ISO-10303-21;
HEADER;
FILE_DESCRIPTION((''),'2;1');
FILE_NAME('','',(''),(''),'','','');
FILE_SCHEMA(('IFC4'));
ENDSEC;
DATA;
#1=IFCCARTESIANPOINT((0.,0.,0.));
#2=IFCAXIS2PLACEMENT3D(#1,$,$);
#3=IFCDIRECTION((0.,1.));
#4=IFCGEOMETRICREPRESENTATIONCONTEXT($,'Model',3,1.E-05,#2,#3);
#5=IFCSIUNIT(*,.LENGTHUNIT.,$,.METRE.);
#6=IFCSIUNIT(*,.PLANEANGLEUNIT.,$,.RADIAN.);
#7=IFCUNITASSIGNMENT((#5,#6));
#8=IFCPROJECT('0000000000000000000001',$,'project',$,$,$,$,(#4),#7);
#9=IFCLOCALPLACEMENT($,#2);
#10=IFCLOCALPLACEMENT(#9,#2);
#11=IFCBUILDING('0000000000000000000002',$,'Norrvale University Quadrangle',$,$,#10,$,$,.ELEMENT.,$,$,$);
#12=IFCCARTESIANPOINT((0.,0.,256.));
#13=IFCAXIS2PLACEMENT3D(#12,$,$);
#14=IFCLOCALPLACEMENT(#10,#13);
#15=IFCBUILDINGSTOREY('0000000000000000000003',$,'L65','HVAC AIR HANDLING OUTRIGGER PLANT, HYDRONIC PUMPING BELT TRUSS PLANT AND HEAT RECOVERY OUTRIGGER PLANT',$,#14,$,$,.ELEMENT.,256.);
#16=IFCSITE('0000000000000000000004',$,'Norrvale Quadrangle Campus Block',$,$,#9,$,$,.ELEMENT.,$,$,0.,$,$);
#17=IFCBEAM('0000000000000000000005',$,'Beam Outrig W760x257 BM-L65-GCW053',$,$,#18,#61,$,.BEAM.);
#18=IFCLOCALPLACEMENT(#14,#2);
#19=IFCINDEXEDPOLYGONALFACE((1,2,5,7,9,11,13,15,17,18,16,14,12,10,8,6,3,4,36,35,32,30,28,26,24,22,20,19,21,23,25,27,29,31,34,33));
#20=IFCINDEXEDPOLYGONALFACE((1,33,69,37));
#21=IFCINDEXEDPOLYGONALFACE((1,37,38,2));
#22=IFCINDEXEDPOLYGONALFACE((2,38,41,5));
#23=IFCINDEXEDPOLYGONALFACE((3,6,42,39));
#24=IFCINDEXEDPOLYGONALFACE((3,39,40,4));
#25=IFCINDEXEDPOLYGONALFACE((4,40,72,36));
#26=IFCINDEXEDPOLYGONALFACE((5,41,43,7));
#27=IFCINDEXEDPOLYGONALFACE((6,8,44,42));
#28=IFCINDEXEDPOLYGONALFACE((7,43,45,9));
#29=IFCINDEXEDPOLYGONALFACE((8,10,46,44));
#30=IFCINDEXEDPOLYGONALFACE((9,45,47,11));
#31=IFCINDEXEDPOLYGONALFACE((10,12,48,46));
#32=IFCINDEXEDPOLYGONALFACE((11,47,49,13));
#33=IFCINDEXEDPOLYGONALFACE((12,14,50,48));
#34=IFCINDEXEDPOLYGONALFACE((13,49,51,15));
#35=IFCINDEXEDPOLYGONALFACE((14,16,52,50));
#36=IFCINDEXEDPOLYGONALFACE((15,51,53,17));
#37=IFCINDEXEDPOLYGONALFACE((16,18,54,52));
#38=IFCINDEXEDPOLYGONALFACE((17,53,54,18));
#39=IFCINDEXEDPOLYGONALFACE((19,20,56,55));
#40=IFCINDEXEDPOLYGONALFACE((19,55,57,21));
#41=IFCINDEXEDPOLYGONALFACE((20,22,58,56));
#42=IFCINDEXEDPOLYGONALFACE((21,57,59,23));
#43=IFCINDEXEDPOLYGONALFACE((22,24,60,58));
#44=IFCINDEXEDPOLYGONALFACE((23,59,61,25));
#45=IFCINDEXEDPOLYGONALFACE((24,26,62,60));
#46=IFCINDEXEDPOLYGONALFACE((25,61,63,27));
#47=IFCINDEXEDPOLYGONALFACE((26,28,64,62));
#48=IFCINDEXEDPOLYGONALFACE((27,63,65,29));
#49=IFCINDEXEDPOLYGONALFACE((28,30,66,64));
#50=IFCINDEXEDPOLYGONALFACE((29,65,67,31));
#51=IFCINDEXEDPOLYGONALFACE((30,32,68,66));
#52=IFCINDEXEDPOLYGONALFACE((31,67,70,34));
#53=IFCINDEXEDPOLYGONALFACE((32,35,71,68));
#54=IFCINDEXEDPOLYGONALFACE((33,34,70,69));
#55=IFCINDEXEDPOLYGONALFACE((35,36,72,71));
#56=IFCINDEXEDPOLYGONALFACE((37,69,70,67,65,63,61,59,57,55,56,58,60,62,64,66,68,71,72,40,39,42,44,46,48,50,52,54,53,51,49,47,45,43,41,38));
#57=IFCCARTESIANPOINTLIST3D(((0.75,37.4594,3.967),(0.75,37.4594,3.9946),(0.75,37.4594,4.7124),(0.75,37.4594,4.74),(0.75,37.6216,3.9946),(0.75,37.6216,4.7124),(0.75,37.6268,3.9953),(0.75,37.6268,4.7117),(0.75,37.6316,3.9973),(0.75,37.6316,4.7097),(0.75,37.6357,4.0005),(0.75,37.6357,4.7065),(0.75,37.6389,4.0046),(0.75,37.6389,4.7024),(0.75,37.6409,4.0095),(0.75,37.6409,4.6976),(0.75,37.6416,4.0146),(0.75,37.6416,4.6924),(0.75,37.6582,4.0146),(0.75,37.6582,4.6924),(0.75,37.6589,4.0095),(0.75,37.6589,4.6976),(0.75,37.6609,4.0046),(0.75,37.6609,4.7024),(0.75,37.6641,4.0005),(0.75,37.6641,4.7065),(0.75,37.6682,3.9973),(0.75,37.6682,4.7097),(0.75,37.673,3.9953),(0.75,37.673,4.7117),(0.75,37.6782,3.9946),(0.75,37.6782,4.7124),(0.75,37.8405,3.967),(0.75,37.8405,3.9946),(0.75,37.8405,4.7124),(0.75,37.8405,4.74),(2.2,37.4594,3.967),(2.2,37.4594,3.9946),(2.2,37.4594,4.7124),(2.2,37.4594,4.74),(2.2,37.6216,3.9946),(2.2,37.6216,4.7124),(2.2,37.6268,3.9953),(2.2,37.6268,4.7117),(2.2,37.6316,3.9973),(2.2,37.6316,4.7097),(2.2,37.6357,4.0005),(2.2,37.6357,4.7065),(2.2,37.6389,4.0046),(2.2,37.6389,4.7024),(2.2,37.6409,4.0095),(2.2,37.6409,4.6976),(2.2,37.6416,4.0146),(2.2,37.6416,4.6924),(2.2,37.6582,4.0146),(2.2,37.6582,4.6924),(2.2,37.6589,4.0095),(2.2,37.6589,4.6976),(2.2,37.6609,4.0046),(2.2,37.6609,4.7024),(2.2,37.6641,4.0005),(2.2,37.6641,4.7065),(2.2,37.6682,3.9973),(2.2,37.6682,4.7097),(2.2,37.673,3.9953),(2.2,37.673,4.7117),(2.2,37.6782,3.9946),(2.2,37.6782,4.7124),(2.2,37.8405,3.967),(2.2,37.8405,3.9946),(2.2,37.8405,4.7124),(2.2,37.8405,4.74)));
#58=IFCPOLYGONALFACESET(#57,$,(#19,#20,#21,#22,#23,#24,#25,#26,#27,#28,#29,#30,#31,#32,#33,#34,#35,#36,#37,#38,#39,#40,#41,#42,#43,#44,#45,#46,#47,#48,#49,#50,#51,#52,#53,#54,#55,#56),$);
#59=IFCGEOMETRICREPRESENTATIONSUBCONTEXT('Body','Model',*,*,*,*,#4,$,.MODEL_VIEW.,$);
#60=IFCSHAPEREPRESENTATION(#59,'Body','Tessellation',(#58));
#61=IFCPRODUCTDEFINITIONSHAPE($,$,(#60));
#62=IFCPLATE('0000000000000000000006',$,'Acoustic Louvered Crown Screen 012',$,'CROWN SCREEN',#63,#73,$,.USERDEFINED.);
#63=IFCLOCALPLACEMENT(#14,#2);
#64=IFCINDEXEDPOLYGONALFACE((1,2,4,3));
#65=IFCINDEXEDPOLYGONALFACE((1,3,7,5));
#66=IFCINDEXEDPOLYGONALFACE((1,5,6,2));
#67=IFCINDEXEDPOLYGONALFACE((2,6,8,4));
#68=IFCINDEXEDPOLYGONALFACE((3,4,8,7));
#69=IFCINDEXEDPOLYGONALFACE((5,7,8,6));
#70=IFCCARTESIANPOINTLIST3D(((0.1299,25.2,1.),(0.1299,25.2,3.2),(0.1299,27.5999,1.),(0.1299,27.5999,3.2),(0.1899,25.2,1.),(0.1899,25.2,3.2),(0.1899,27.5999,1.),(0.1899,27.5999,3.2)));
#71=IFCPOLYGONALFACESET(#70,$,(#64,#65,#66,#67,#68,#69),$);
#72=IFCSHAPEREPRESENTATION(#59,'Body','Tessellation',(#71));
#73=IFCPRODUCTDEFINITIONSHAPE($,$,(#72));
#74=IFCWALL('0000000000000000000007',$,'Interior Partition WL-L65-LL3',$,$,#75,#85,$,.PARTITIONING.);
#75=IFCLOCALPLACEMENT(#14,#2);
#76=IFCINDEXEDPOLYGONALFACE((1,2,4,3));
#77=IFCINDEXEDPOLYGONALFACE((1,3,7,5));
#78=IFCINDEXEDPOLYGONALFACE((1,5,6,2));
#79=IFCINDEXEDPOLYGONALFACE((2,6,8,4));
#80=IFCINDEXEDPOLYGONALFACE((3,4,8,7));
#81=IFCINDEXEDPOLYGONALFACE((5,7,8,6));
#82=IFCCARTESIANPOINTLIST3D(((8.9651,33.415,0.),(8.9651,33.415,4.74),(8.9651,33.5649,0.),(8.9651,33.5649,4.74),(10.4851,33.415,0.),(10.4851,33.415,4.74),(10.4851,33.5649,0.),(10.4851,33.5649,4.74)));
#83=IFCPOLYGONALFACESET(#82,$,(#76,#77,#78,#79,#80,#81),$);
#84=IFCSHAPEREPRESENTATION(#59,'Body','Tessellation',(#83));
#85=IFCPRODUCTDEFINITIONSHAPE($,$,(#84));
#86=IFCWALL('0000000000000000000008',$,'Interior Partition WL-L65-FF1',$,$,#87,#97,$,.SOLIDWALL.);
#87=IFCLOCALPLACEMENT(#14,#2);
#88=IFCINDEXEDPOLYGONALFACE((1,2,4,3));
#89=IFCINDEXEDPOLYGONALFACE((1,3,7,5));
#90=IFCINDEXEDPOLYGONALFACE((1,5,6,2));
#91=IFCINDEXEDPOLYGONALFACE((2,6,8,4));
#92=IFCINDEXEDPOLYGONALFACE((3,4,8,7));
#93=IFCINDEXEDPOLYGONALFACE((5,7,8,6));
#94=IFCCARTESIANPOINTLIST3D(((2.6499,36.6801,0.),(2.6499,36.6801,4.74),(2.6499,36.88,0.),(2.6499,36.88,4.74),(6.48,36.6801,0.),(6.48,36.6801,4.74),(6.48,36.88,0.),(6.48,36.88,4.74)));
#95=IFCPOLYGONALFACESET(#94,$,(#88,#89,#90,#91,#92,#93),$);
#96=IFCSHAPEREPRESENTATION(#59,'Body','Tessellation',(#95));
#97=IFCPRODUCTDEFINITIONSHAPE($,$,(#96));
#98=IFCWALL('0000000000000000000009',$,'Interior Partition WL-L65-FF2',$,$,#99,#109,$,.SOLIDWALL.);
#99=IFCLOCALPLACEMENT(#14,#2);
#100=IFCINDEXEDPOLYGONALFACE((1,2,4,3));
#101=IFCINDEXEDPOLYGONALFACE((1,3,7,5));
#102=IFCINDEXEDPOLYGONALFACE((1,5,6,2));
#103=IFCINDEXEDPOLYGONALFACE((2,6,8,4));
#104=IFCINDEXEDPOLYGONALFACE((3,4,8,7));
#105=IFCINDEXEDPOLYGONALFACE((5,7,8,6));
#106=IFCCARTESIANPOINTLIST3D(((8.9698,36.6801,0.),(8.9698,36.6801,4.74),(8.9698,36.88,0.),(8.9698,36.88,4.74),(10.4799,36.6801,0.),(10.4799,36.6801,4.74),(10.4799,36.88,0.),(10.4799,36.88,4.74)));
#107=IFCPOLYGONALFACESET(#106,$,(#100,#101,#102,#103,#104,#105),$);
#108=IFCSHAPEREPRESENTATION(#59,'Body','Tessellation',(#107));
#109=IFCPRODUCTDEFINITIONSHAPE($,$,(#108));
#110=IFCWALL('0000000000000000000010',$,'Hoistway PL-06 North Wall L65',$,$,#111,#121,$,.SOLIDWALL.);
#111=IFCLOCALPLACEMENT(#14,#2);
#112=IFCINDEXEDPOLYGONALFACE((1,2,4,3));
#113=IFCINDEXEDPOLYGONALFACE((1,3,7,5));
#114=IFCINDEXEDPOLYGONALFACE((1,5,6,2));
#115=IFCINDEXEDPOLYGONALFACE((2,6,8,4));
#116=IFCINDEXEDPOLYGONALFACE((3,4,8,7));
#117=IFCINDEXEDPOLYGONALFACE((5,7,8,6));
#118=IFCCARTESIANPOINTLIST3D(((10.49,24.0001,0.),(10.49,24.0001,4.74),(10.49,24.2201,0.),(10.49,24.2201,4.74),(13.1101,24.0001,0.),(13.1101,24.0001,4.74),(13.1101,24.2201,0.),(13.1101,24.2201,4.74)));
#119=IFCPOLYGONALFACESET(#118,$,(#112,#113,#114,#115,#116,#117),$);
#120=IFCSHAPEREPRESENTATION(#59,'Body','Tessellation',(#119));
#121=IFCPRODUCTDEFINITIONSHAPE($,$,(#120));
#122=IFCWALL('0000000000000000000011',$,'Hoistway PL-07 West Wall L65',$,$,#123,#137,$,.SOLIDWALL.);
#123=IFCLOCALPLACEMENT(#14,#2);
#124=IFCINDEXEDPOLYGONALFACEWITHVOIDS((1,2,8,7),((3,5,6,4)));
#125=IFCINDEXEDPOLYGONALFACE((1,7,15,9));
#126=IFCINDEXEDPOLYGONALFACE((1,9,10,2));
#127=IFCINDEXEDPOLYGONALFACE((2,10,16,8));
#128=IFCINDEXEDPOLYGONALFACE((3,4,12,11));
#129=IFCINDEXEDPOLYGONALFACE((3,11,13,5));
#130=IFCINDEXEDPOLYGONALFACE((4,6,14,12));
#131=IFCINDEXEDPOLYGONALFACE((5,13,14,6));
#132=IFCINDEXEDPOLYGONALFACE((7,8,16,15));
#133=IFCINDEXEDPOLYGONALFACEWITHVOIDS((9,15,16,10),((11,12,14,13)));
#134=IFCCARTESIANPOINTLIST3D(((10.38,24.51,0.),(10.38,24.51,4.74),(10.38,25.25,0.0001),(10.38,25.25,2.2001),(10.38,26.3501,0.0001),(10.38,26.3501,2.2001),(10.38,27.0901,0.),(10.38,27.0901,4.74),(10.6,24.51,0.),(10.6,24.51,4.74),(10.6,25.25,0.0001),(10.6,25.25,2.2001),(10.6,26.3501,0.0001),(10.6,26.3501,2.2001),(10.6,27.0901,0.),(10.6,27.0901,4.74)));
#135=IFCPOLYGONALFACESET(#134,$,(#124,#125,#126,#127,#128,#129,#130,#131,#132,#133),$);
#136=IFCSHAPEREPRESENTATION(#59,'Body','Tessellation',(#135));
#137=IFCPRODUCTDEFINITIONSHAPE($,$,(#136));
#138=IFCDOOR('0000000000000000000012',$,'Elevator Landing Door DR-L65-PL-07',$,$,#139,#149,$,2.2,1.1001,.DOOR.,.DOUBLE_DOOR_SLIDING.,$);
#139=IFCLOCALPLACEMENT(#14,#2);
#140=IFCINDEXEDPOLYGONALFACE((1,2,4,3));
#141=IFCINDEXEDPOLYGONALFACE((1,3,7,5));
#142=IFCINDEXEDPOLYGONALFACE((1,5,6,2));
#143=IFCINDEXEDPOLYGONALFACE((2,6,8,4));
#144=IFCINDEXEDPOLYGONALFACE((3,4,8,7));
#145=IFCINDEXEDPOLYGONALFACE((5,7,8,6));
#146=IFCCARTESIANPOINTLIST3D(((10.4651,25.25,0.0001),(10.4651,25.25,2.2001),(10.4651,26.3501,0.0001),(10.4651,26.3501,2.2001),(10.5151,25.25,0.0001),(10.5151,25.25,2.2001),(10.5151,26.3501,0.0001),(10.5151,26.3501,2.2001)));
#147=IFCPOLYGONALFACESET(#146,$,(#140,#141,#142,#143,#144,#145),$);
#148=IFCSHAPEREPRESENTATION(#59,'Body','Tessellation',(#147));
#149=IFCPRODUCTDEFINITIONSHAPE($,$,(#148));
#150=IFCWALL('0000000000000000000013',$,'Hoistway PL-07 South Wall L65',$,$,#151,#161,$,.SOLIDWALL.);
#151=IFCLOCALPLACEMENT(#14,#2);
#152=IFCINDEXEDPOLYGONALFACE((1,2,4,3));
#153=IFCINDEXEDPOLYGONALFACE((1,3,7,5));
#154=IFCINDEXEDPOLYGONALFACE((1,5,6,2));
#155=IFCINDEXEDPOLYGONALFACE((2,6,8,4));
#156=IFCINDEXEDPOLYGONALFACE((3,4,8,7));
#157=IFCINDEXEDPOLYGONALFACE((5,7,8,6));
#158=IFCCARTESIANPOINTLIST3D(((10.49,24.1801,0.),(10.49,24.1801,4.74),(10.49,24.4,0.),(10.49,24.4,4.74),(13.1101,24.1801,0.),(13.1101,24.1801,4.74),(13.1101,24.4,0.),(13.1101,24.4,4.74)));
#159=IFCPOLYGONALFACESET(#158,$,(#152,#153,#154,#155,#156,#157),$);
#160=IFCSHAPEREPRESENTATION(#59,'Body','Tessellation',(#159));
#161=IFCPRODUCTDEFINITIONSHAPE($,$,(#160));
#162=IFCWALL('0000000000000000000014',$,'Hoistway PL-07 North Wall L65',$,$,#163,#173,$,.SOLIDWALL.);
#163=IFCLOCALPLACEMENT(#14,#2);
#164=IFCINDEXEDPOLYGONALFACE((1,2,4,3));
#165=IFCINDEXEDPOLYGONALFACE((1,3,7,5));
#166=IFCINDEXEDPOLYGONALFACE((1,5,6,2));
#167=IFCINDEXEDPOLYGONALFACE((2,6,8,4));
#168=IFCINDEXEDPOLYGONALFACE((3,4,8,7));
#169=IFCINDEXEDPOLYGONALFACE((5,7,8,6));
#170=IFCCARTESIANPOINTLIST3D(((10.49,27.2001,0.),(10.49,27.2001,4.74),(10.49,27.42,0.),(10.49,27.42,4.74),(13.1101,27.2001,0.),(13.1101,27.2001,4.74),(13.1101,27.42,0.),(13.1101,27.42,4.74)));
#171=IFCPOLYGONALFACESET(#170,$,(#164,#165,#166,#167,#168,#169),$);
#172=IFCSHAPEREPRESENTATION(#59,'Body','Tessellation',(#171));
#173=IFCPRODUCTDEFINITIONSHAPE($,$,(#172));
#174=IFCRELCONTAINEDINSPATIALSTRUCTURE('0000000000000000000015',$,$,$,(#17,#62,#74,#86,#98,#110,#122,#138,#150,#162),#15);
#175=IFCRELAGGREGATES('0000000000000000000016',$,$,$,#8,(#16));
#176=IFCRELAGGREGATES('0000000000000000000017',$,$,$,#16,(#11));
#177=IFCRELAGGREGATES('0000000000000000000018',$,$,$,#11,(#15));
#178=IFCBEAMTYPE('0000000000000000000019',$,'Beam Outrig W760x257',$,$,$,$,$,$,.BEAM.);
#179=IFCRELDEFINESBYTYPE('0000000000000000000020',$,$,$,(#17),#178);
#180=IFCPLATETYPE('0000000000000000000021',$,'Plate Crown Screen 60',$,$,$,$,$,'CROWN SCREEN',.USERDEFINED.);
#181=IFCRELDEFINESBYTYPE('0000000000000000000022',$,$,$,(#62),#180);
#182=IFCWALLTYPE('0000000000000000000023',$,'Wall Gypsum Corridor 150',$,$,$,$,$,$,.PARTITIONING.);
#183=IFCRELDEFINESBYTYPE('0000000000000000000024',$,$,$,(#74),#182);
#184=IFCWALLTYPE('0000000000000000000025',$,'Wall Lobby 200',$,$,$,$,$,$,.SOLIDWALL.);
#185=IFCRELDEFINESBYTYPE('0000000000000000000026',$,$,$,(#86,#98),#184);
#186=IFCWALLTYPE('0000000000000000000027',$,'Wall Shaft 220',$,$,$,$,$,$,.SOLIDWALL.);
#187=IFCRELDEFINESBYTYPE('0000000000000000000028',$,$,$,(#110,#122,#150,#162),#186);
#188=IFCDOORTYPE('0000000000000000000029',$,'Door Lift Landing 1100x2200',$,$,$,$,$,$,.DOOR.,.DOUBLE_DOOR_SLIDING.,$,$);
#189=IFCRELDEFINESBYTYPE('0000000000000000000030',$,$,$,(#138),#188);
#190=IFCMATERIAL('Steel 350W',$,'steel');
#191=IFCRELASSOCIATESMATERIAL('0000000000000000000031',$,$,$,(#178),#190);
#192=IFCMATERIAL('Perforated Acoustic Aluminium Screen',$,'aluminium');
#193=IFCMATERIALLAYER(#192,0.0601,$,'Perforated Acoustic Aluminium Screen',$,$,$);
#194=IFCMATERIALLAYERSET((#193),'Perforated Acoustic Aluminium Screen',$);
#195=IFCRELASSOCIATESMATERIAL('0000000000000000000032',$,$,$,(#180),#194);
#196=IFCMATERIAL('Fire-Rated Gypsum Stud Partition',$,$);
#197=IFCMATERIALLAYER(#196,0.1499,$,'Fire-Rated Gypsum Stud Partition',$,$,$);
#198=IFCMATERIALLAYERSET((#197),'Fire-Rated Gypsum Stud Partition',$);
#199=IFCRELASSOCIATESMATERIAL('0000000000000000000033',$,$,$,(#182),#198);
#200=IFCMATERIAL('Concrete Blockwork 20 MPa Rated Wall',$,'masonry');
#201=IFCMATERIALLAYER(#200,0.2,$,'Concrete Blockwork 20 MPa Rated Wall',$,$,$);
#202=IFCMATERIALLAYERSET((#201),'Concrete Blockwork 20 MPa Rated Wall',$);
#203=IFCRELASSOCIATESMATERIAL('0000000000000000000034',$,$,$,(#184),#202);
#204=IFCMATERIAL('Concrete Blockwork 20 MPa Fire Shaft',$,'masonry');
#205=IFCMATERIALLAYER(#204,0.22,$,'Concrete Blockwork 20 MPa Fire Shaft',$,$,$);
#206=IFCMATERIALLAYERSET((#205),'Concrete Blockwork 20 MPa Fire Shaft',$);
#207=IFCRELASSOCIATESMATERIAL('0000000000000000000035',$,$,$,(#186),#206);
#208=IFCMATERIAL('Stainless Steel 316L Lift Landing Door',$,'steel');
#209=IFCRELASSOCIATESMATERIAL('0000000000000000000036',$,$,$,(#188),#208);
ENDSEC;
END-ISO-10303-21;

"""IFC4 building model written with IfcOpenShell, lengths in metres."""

from ifc_helpers import new_model, si_unit, direction, frame, frame_2d, origin, origin_2d, place, context, subcontext, project, spatial, rectangle, i_section, extrude, material, layer, layer_set, material_profile, profile_set, type_object, element, fill, save


model = new_model("IFC4")

# Units and contexts
model_context = context("Model", 3, precision=1e-05, world=origin(), true_north=direction((0.0, 1.0)))
body_context = subcontext(model_context, "Body", "Model", "MODEL_VIEW")
ifc_project = project(units=[si_unit("LENGTHUNIT", "METRE"), si_unit("PLANEANGLEUNIT", "RADIAN")], contexts=[model_context])

# Site, building, storey
site_placement = place(None, origin())
site = spatial("IfcSite", under=ifc_project, at=site_placement, Name="Norrvale Quadrangle Campus Block", CompositionType="ELEMENT", RefElevation=0.0)
building_placement = place(site_placement, origin())
building = spatial("IfcBuilding", under=site, at=building_placement, Name="Norrvale University Quadrangle", CompositionType="ELEMENT")
storey_placement = place(building_placement, frame((0.0, 0.0, 256.0)))
storey = spatial("IfcBuildingStorey", under=building, at=storey_placement, Name="L65", Description="HVAC AIR HANDLING OUTRIGGER PLANT, HYDRONIC PUMPING BELT TRUSS PLANT AND HEAT RECOVERY OUTRIGGER PLANT", CompositionType="ELEMENT", Elevation=256.0)

# Beam
ifc_material_1 = material(Name="Steel 350W", Category="steel")
ifc_material_profile_1 = material_profile(ifc_material_1, i_section(OverallWidth=0.3811, OverallDepth=0.7729, WebThickness=0.0166, FlangeThickness=0.0276, FilletRadius=0.02, at=origin_2d()), Name="Steel 350W")
ifc_profile_set_1 = profile_set([ifc_material_profile_1], Name="Steel 350W")
beam_type = type_object("IfcBeamType", Name="Beam Outrig W760x257", PredefinedType="BEAM", material=ifc_profile_set_1)
for number, where, z_axis, x_axis, name in (
    (1, (0.75, 37.6499, 4.3535), (1.0, 0.0, 0.0), (0.0, 1.0, 0.0), "Beam Outrig W760x257 BM-L65-GCW053"),
):
    element("IfcBeam", number, at=place(storey_placement, frame(where, z_axis=z_axis, x_axis=x_axis)), inside=storey, type_object=beam_type, Name=name, PredefinedType="BEAM", context=body_context, shape_type="SweptSolid", body=[
        extrude(i_section(OverallWidth=0.3811, OverallDepth=0.7729, WebThickness=0.0166, FlangeThickness=0.0276, FilletRadius=0.02, at=origin_2d()), origin(), (0.0, 0.0, 1.0), 1.45),
    ])

# Plate
ifc_material_2 = material(Name="Perforated Acoustic Aluminium Screen", Category="aluminium")
ifc_layer_1 = layer(ifc_material_2, 0.0601, Name="Perforated Acoustic Aluminium Screen")
ifc_layer_set_1 = layer_set([ifc_layer_1], Name="Perforated Acoustic Aluminium Screen")
plate_type = type_object("IfcPlateType", Name="Plate Crown Screen 60", ElementType="CROWN SCREEN", PredefinedType="USERDEFINED", material=ifc_layer_set_1)
plate_placement = place(storey_placement, frame((0.1599, 26.3999, 1.0), z_axis=(0.0, 0.0, 1.0), x_axis=(0.0, -1.0, 0.0)))
element("IfcPlate", 2, at=plate_placement, inside=storey, type_object=plate_type, Name="Acoustic Louvered Crown Screen 012", ObjectType="CROWN SCREEN", PredefinedType="USERDEFINED", context=body_context, shape_type="SweptSolid", body=[
    extrude(rectangle(XDim=2.3999, YDim=0.0601, at=origin_2d()), origin(), (0.0, 0.0, 1.0), 2.2),
])

# Walls
ifc_material_3 = material(Name="Fire-Rated Gypsum Stud Partition")
ifc_layer_2 = layer(ifc_material_3, 0.1499, Name="Fire-Rated Gypsum Stud Partition")
ifc_layer_set_2 = layer_set([ifc_layer_2], Name="Fire-Rated Gypsum Stud Partition")
wall_type_1 = type_object("IfcWallType", Name="Wall Gypsum Corridor 150", PredefinedType="PARTITIONING", material=ifc_layer_set_2)
wall_1_placement = place(storey_placement, frame((8.9651, 33.49, 0.0), z_axis=(0.0, 0.0, 1.0), x_axis=(1.0, 0.0, 0.0)))
element("IfcWall", 3, at=wall_1_placement, inside=storey, type_object=wall_type_1, Name="Interior Partition WL-L65-LL3", PredefinedType="PARTITIONING", context=body_context, shape_type="SweptSolid", body=[
    extrude(rectangle(XDim=1.52, YDim=0.1499, at=frame_2d((0.76, 0.0))), origin(), (0.0, 0.0, 1.0), 4.74),
])
ifc_material_4 = material(Name="Concrete Blockwork 20 MPa Rated Wall", Category="masonry")
ifc_layer_3 = layer(ifc_material_4, 0.2, Name="Concrete Blockwork 20 MPa Rated Wall")
ifc_layer_set_3 = layer_set([ifc_layer_3], Name="Concrete Blockwork 20 MPa Rated Wall")
wall_type_2 = type_object("IfcWallType", Name="Wall Lobby 200", PredefinedType="SOLIDWALL", material=ifc_layer_set_3)
wall_2_placement = place(storey_placement, frame((2.6499, 36.78, 0.0), z_axis=(0.0, 0.0, 1.0), x_axis=(1.0, 0.0, 0.0)))
element("IfcWall", 4, at=wall_2_placement, inside=storey, type_object=wall_type_2, Name="Interior Partition WL-L65-FF1", PredefinedType="SOLIDWALL", context=body_context, shape_type="SweptSolid", body=[
    extrude(rectangle(XDim=3.8301, YDim=0.2, at=frame_2d((1.915, 0.0))), origin(), (0.0, 0.0, 1.0), 4.74),
])
wall_3_placement = place(storey_placement, frame((8.97, 36.78, 0.0), z_axis=(0.0, 0.0, 1.0), x_axis=(1.0, 0.0, 0.0)))
element("IfcWall", 5, at=wall_3_placement, inside=storey, type_object=wall_type_2, Name="Interior Partition WL-L65-FF2", PredefinedType="SOLIDWALL", context=body_context, shape_type="SweptSolid", body=[
    extrude(rectangle(XDim=1.51, YDim=0.2, at=frame_2d((0.7549, 0.0))), origin(), (0.0, 0.0, 1.0), 4.74),
])
ifc_material_5 = material(Name="Concrete Blockwork 20 MPa Fire Shaft", Category="masonry")
ifc_layer_4 = layer(ifc_material_5, 0.22, Name="Concrete Blockwork 20 MPa Fire Shaft")
ifc_layer_set_4 = layer_set([ifc_layer_4], Name="Concrete Blockwork 20 MPa Fire Shaft")
wall_type_3 = type_object("IfcWallType", Name="Wall Shaft 220", PredefinedType="SOLIDWALL", material=ifc_layer_set_4)
wall_4_placement = place(storey_placement, frame((10.49, 24.1101, 0.0), z_axis=(0.0, 0.0, 1.0), x_axis=(1.0, 0.0, 0.0)))
element("IfcWall", 6, at=wall_4_placement, inside=storey, type_object=wall_type_3, Name="Hoistway PL-06 North Wall L65", PredefinedType="SOLIDWALL", context=body_context, shape_type="SweptSolid", body=[
    extrude(rectangle(XDim=2.6201, YDim=0.22, at=frame_2d((1.3101, 0.0))), origin(), (0.0, 0.0, 1.0), 4.74),
])

# Wall, opening, door
wall_5_placement = place(storey_placement, frame((10.49, 24.51, 0.0), z_axis=(0.0, 0.0, 1.0), x_axis=(0.0, 1.0, 0.0)))
wall_5 = element("IfcWall", 7, at=wall_5_placement, inside=storey, type_object=wall_type_3, Name="Hoistway PL-07 West Wall L65", PredefinedType="SOLIDWALL", context=body_context, shape_type="SweptSolid", body=[
    extrude(rectangle(XDim=2.5801, YDim=0.22, at=frame_2d((1.29, 0.0))), origin(), (0.0, 0.0, 1.0), 4.74),
])
opening_1_placement = place(wall_5_placement, frame((0.74, 0.0, 0.0)))
opening_1 = element("IfcOpeningElement", 8, at=opening_1_placement, cuts=wall_5, PredefinedType="OPENING", context=body_context, shape_type="SweptSolid", body=[
    extrude(rectangle(XDim=1.1001, YDim=2.2, at=frame_2d((0.55, 1.1001))), frame((0.0, 0.1221, 0.0), z_axis=(0.0, -1.0, 0.0), x_axis=(1.0, 0.0, 0.0)), (0.0, 0.0, 1.0), 0.2439),
])
ifc_material_6 = material(Name="Stainless Steel 316L Lift Landing Door", Category="steel")
door_type_1 = type_object("IfcDoorType", Name="Door Lift Landing 1100x2200", OperationType="DOUBLE_DOOR_SLIDING", PredefinedType="DOOR", material=ifc_material_6)
door_1_placement = place(opening_1_placement, origin())
door_1 = element("IfcDoor", 9, at=door_1_placement, inside=storey, type_object=door_type_1, Name="Elevator Landing Door DR-L65-PL-07", OperationType="DOUBLE_DOOR_SLIDING", OverallHeight=2.2, OverallWidth=1.1001, PredefinedType="DOOR", context=body_context, shape_type="SweptSolid", body=[
    extrude(rectangle(XDim=1.1001, YDim=2.2, at=frame_2d((0.55, 1.1001))), frame((0.0, 0.0249, 0.0), z_axis=(0.0, -1.0, 0.0), x_axis=(1.0, 0.0, 0.0)), (0.0, 0.0, 1.0), 0.05),
])
fill(opening_1, door_1)

# Walls
for number, where, z_axis, x_axis, name in (
    (10, (10.49, 24.29, 0.0), (0.0, 0.0, 1.0), (1.0, 0.0, 0.0), "Hoistway PL-07 South Wall L65"),
    (11, (10.49, 27.3101, 0.0), (0.0, 0.0, 1.0), (1.0, 0.0, 0.0), "Hoistway PL-07 North Wall L65"),
):
    element("IfcWall", number, at=place(storey_placement, frame(where, z_axis=z_axis, x_axis=x_axis)), inside=storey, type_object=wall_type_3, Name=name, PredefinedType="SOLIDWALL", context=body_context, shape_type="SweptSolid", body=[
        extrude(rectangle(XDim=2.6201, YDim=0.22, at=frame_2d((1.3101, 0.0))), origin(), (0.0, 0.0, 1.0), 4.74),
    ])

save(model, "model.ifc")
